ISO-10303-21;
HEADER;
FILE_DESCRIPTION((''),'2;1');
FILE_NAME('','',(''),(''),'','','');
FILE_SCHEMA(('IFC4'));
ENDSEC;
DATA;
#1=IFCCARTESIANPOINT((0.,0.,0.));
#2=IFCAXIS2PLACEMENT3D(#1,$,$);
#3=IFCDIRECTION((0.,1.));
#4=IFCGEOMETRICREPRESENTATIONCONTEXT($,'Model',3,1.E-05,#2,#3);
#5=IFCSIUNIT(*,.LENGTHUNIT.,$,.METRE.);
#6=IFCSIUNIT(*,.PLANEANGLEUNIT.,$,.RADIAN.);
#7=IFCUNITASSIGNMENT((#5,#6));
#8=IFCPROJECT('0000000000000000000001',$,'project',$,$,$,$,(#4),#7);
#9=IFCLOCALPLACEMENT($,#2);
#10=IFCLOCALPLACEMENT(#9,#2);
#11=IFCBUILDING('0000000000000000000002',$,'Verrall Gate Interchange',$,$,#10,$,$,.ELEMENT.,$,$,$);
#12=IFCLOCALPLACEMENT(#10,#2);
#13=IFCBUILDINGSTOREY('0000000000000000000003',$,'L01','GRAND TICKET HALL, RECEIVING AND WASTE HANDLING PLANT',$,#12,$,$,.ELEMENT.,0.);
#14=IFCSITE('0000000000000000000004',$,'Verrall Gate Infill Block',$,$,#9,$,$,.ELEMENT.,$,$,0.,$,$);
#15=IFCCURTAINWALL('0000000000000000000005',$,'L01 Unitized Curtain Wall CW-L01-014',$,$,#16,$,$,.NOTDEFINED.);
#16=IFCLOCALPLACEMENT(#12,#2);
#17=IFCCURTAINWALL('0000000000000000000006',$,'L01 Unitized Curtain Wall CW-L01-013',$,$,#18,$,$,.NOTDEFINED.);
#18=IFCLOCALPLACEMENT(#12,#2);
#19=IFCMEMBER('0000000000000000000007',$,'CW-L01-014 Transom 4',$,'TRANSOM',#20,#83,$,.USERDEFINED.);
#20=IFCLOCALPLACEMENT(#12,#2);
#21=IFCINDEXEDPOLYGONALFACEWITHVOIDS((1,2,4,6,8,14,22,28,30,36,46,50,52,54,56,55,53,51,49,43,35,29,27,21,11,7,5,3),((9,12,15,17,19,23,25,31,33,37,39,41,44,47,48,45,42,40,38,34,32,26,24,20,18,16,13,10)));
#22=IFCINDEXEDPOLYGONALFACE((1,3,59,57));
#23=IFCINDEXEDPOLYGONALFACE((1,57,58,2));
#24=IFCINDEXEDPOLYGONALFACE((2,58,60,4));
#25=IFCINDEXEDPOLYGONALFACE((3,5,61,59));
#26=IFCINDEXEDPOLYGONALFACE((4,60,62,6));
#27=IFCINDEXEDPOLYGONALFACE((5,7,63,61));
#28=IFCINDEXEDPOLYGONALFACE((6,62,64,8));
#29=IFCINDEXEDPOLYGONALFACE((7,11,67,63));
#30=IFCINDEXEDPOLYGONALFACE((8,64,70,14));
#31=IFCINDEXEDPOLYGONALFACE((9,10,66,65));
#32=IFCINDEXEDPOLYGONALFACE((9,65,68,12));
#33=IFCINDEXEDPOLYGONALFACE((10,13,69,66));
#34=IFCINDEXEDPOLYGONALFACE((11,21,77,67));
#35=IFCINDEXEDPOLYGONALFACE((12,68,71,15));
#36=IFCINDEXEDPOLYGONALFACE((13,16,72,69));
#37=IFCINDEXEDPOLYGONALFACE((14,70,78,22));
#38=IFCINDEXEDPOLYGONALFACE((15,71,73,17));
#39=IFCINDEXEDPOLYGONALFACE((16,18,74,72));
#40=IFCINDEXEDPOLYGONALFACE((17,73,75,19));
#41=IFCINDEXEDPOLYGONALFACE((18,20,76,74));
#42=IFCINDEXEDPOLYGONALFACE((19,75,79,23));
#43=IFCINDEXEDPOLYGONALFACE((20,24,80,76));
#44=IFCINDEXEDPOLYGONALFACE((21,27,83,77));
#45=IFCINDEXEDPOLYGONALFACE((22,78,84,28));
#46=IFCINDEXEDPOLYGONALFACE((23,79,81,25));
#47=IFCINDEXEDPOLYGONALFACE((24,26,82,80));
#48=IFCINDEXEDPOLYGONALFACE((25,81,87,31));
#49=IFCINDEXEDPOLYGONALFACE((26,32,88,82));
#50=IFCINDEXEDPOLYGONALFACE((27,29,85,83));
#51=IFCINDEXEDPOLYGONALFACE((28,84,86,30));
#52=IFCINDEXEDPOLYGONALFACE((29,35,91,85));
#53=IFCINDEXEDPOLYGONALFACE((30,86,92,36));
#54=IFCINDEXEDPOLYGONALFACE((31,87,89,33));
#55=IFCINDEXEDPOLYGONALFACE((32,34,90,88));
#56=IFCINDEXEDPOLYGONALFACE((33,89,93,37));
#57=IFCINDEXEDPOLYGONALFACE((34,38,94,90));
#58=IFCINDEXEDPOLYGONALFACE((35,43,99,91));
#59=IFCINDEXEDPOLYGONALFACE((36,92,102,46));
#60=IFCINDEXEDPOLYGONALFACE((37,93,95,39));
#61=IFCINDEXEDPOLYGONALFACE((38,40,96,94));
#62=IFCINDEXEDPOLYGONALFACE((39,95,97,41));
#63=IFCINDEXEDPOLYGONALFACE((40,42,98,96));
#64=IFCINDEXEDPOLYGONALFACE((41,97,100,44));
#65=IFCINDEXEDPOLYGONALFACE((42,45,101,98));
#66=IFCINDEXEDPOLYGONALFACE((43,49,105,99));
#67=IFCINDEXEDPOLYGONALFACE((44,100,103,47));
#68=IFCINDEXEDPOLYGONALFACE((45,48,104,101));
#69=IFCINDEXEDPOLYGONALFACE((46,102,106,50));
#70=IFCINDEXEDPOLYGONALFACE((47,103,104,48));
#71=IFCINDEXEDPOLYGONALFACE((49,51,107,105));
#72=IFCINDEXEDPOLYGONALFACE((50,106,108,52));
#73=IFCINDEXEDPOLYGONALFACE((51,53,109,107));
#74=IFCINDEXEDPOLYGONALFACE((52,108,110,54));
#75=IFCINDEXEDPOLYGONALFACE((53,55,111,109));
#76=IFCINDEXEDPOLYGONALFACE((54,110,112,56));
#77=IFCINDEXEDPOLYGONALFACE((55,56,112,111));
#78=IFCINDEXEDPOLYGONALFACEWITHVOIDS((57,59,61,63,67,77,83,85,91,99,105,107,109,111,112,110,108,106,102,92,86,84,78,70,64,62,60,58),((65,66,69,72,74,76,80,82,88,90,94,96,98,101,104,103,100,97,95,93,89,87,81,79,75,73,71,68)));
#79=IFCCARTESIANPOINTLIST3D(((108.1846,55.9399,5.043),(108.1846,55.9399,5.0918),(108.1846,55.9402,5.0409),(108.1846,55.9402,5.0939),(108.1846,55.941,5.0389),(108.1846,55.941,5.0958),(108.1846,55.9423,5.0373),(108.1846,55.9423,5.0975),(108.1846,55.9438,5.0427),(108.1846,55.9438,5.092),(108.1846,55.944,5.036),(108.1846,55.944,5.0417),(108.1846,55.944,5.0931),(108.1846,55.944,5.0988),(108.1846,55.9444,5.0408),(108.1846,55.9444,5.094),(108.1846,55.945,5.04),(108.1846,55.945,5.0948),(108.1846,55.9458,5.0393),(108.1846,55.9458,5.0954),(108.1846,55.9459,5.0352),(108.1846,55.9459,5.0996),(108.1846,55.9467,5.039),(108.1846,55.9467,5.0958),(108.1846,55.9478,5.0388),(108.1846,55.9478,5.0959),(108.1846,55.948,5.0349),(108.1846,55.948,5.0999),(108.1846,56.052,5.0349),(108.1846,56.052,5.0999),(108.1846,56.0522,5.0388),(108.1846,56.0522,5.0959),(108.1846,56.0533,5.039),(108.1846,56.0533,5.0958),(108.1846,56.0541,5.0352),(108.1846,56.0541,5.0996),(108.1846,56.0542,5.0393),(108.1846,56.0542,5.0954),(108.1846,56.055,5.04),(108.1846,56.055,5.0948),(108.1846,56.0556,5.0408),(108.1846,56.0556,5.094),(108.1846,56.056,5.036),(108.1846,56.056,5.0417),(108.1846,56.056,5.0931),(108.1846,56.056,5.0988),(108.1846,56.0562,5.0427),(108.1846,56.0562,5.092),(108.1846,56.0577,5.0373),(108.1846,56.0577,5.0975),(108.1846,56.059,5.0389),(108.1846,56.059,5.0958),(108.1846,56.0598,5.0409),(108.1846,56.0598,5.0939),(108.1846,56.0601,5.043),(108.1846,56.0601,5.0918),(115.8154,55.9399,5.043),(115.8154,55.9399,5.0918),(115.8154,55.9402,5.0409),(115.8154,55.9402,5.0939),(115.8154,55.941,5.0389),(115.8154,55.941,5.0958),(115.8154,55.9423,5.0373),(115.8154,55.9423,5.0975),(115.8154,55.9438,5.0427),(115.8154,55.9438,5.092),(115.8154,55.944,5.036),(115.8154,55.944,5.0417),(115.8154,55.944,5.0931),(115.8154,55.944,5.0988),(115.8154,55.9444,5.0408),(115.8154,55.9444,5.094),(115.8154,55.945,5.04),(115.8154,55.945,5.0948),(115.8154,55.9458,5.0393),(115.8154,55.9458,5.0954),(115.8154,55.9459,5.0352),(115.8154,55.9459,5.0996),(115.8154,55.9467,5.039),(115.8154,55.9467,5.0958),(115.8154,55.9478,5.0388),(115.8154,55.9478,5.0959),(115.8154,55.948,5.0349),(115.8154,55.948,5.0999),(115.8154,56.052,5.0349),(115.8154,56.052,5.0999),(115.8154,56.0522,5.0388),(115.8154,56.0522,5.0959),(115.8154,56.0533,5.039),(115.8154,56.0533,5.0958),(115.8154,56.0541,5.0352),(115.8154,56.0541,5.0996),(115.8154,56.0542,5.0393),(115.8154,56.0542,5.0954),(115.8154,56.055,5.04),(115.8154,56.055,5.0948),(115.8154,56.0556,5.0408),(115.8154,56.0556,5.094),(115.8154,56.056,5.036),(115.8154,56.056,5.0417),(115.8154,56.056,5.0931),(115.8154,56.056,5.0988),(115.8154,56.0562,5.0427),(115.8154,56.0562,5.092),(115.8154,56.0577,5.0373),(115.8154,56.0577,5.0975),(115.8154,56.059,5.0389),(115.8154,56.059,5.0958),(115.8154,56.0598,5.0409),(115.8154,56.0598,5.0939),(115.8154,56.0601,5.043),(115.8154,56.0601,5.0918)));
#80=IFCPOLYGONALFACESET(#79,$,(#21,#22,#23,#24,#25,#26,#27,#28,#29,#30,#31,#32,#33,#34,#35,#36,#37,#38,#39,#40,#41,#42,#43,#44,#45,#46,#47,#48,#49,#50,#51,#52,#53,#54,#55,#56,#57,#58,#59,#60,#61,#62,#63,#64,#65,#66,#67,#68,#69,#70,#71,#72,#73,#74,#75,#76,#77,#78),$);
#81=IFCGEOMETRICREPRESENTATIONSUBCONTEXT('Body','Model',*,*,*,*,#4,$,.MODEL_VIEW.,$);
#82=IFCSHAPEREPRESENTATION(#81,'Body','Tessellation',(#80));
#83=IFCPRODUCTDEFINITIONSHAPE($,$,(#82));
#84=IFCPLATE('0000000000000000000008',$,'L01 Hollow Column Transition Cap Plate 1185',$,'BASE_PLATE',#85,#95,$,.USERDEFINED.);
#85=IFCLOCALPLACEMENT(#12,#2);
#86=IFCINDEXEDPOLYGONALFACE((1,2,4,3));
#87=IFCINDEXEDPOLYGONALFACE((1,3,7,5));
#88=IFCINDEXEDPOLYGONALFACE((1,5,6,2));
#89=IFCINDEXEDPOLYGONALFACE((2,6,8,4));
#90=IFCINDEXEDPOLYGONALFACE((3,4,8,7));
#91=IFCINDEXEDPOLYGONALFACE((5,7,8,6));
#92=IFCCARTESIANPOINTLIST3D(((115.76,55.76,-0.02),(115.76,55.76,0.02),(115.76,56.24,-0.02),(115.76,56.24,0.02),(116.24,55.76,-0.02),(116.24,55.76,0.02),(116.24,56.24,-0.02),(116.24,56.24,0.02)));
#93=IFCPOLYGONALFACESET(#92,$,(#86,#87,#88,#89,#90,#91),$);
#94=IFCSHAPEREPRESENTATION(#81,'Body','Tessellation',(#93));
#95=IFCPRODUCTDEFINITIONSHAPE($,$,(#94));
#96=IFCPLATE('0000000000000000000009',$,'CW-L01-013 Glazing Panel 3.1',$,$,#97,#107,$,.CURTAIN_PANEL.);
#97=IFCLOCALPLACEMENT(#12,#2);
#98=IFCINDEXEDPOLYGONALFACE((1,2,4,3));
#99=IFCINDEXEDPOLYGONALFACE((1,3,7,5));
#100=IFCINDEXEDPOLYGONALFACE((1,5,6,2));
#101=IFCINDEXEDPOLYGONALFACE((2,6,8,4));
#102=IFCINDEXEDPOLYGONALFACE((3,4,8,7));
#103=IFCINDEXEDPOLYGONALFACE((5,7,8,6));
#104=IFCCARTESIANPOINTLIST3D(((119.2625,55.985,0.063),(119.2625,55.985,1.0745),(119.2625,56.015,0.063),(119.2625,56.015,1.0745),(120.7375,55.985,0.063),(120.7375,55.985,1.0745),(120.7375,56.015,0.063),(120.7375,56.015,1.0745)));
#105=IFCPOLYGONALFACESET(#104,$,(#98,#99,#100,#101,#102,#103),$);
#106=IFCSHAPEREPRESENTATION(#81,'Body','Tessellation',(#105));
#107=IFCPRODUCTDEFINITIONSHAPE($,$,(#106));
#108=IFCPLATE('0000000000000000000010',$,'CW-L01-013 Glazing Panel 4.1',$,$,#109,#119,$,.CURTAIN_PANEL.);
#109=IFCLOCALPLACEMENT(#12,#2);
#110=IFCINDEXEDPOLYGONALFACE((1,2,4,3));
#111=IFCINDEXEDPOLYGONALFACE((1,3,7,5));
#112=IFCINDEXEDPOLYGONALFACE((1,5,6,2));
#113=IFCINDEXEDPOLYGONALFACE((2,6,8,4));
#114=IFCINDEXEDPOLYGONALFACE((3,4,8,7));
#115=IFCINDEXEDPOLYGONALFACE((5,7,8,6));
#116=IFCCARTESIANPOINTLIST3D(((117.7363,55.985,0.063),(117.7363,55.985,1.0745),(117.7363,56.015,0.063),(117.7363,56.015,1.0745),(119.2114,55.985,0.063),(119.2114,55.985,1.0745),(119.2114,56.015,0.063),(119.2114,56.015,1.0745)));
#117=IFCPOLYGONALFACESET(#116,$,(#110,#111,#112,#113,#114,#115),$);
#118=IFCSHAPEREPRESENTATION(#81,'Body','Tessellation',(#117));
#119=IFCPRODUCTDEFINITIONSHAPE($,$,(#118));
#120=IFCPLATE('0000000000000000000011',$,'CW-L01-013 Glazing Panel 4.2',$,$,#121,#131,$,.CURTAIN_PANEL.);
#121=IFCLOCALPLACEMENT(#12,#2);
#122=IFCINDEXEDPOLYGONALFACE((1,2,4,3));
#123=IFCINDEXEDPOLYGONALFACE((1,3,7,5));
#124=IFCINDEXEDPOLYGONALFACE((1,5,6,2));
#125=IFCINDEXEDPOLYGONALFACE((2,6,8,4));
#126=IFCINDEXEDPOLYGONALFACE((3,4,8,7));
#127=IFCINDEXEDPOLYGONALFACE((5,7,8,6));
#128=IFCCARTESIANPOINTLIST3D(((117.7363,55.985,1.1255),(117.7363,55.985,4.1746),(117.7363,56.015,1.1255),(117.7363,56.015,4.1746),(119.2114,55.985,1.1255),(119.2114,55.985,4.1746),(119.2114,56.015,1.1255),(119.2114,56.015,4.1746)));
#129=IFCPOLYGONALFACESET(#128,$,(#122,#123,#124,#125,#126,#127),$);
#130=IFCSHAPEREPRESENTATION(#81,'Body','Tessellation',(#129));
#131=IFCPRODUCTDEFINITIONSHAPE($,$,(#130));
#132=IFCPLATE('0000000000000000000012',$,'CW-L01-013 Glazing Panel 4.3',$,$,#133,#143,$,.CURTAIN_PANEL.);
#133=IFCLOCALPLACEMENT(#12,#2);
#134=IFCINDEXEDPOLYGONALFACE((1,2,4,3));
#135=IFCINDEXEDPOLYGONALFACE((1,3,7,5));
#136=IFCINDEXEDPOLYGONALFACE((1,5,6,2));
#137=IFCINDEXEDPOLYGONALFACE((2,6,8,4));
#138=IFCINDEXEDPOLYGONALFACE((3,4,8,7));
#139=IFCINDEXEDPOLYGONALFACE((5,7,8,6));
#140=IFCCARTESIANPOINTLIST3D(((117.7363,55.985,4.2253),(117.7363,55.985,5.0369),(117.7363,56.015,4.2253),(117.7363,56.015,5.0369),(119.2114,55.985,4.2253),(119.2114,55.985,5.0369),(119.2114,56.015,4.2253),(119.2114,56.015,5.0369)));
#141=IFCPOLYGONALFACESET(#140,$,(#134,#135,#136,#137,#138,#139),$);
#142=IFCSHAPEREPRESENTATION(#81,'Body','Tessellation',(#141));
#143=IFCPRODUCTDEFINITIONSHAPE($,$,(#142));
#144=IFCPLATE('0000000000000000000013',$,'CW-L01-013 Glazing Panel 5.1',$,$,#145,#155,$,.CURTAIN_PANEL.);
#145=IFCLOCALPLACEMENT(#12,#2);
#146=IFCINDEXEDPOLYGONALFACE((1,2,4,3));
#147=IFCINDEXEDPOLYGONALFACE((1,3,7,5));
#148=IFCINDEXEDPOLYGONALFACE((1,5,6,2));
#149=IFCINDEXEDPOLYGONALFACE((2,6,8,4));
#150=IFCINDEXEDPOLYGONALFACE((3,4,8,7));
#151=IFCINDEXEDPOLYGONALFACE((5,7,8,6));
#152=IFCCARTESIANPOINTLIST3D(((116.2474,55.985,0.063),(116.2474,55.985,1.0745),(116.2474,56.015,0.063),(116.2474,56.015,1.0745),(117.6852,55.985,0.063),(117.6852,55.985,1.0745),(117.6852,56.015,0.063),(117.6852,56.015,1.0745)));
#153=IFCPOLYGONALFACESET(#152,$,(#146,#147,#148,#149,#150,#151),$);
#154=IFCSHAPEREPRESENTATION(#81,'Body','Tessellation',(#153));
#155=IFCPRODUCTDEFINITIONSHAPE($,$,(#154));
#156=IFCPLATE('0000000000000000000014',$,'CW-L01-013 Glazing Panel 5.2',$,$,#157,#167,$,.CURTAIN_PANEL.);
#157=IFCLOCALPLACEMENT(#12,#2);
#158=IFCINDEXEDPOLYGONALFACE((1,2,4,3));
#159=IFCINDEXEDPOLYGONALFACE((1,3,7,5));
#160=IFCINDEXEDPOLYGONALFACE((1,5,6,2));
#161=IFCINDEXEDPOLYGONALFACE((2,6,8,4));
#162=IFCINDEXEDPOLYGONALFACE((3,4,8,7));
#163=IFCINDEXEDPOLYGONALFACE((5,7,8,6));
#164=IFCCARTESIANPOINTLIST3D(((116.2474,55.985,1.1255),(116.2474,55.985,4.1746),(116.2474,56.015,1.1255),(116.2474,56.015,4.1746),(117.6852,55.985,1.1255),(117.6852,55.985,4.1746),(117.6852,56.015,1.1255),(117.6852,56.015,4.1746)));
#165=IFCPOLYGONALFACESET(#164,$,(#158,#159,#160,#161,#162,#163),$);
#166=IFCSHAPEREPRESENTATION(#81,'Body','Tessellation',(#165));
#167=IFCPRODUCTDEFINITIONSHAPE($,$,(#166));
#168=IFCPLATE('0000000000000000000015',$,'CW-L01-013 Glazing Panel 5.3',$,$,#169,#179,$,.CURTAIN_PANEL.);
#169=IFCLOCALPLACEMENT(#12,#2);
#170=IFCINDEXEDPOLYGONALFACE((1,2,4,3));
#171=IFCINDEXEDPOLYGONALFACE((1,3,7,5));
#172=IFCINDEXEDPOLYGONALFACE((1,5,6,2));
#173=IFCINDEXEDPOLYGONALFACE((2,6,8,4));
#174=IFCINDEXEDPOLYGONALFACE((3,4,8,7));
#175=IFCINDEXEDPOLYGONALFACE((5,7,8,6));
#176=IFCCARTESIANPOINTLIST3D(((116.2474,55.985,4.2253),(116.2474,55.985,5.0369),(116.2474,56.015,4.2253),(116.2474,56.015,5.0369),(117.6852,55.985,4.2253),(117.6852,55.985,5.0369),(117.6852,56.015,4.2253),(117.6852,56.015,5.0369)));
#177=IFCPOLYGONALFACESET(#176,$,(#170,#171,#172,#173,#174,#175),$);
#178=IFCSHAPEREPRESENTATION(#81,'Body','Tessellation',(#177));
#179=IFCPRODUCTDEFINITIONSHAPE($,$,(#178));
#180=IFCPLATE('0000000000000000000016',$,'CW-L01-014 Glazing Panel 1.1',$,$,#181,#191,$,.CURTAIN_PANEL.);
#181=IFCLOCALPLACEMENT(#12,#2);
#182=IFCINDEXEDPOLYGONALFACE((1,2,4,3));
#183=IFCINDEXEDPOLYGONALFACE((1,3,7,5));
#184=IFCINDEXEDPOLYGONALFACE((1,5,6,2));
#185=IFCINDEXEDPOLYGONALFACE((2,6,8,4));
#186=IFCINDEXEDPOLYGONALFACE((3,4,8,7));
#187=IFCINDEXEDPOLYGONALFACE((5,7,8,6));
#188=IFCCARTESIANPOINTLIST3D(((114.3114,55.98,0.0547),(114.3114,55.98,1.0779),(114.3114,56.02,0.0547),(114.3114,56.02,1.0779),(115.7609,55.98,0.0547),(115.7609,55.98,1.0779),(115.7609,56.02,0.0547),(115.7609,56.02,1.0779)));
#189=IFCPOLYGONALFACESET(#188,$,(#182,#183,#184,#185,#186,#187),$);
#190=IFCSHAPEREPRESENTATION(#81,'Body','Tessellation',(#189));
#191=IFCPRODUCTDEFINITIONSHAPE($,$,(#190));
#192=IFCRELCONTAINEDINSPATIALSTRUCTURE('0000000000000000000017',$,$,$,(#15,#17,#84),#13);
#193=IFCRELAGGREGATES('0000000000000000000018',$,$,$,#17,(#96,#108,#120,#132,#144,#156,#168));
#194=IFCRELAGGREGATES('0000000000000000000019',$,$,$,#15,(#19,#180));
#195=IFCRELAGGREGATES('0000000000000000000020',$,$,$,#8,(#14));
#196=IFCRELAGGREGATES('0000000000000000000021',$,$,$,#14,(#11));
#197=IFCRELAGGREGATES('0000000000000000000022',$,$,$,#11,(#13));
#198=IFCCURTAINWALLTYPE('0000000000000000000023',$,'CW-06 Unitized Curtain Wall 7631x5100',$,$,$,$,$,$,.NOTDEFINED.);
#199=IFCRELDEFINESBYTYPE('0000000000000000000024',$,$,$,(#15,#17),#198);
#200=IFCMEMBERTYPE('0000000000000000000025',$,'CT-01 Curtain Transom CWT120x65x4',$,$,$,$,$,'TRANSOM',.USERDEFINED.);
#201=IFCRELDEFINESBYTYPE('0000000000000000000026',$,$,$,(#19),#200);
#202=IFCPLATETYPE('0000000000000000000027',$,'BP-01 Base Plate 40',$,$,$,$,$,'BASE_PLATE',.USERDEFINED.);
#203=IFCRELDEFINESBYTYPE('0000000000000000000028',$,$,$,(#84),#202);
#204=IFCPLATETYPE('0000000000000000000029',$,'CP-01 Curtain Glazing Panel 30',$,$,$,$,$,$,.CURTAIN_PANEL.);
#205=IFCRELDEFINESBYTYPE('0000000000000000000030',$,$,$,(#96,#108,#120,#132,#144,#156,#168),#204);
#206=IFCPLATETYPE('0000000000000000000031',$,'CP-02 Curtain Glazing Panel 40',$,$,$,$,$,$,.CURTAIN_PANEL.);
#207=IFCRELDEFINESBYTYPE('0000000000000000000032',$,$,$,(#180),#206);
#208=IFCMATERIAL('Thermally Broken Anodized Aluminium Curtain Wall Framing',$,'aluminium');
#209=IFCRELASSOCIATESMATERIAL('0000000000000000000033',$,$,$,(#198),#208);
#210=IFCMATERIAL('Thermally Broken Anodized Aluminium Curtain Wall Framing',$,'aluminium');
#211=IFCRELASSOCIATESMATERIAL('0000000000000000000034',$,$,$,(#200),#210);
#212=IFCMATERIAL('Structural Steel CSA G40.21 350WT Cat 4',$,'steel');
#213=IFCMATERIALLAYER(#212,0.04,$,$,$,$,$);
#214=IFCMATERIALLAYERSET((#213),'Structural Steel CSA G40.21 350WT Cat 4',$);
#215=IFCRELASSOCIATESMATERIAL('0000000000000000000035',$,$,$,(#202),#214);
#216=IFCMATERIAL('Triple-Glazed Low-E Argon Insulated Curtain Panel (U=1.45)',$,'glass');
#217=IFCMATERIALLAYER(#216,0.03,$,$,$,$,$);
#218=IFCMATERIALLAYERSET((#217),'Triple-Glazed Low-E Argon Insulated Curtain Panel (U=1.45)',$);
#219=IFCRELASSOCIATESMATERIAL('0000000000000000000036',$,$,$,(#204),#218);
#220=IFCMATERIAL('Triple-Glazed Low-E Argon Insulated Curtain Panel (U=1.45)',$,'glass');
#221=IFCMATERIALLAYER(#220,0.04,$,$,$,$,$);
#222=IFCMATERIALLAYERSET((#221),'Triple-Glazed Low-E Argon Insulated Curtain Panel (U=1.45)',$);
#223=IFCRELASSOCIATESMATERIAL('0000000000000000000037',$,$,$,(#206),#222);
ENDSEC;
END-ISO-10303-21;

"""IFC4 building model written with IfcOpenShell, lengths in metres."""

from ifc_helpers import new_model, si_unit, direction, frame, origin, origin_2d, place, context, subcontext, project, spatial, rectangle, hollow_rectangle, extrude, material, layer, layer_set, material_profile, profile_set, type_object, element, aggregate, save


model = new_model("IFC4")

# Units and contexts
model_context = context("Model", 3, precision=1e-05, world=origin(), true_north=direction((0.0, 1.0)))
body_context = subcontext(model_context, "Body", "Model", "MODEL_VIEW")
ifc_project = project(units=[si_unit("LENGTHUNIT", "METRE"), si_unit("PLANEANGLEUNIT", "RADIAN")], contexts=[model_context])

# Site, building, storey
site_placement = place(None, origin())
site = spatial("IfcSite", under=ifc_project, at=site_placement, Name="Verrall Gate Infill Block", CompositionType="ELEMENT", RefElevation=0.0)
building_placement = place(site_placement, origin())
building = spatial("IfcBuilding", under=site, at=building_placement, Name="Verrall Gate Interchange", CompositionType="ELEMENT")
storey_placement = place(building_placement, origin())
storey = spatial("IfcBuildingStorey", under=building, at=storey_placement, Name="L01", Description="GRAND TICKET HALL, RECEIVING AND WASTE HANDLING PLANT", CompositionType="ELEMENT", Elevation=0.0)

# Curtain wall
ifc_material_1 = material(Name="Thermally Broken Anodized Aluminium Curtain Wall Framing", Category="aluminium")
curtain_wall_type = type_object("IfcCurtainWallType", Name="CW-06 Unitized Curtain Wall 7631x5100", PredefinedType="NOTDEFINED", material=ifc_material_1)
curtain_wall_1_placement = place(storey_placement, origin())
curtain_wall_1 = element("IfcCurtainWall", 1, at=curtain_wall_1_placement, inside=storey, type_object=curtain_wall_type, Name="L01 Unitized Curtain Wall CW-L01-014", PredefinedType="NOTDEFINED")

# Curtain wall
curtain_wall_2_placement = place(storey_placement, origin())
curtain_wall_2 = element("IfcCurtainWall", 2, at=curtain_wall_2_placement, inside=storey, type_object=curtain_wall_type, Name="L01 Unitized Curtain Wall CW-L01-013", PredefinedType="NOTDEFINED")

# Member
ifc_material_2 = material(Name="Thermally Broken Anodized Aluminium Curtain Wall Framing", Category="aluminium")
ifc_material_profile_1 = material_profile(ifc_material_2, hollow_rectangle(XDim=0.1201, YDim=0.0649, WallThickness=0.0039, InnerFilletRadius=0.0039, OuterFilletRadius=0.0081, at=origin_2d()), Name="CWT120x65x4")
ifc_profile_set_1 = profile_set([ifc_material_profile_1], Name="Thermally Broken Anodized Aluminium Curtain Wall Framing")
member_type_1 = type_object("IfcMemberType", Name="CT-01 Curtain Transom CWT120x65x4", ElementType="TRANSOM", PredefinedType="USERDEFINED", material=ifc_profile_set_1)
member_1_placement = place(storey_placement, frame((115.8154, 56.0, 5.0674), z_axis=(-1.0, 0.0, 0.0), x_axis=(0.0, -1.0, 0.0)))
member_1 = element("IfcMember", 3, at=member_1_placement, type_object=member_type_1, Name="CW-L01-014 Transom 4", ObjectType="TRANSOM", PredefinedType="USERDEFINED", context=body_context, shape_type="SweptSolid", body=[
    extrude(hollow_rectangle(XDim=0.1201, YDim=0.0649, WallThickness=0.0039, InnerFilletRadius=0.0039, OuterFilletRadius=0.0081, at=origin_2d()), origin(), (0.0, 0.0, 1.0), 7.6309),
])

# Plates
ifc_material_3 = material(Name="Structural Steel CSA G40.21 350WT Cat 4", Category="steel")
ifc_layer_1 = layer(ifc_material_3, 0.04)
ifc_layer_set_1 = layer_set([ifc_layer_1], Name="Structural Steel CSA G40.21 350WT Cat 4")
plate_type_1 = type_object("IfcPlateType", Name="BP-01 Base Plate 40", ElementType="BASE_PLATE", PredefinedType="USERDEFINED", material=ifc_layer_set_1)
plate_1_placement = place(storey_placement, frame((116.0, 56.0, -0.02), z_axis=(0.0, 0.0, 1.0), x_axis=(1.0, 0.0, 0.0)))
element("IfcPlate", 4, at=plate_1_placement, inside=storey, type_object=plate_type_1, Name="L01 Hollow Column Transition Cap Plate 1185", ObjectType="BASE_PLATE", PredefinedType="USERDEFINED", context=body_context, shape_type="SweptSolid", body=[
    extrude(rectangle(XDim=0.48, YDim=0.48, at=origin_2d()), origin(), (0.0, 0.0, 1.0), 0.04),
])
ifc_material_4 = material(Name="Triple-Glazed Low-E Argon Insulated Curtain Panel (U=1.45)", Category="glass")
ifc_layer_2 = layer(ifc_material_4, 0.03)
ifc_layer_set_2 = layer_set([ifc_layer_2], Name="Triple-Glazed Low-E Argon Insulated Curtain Panel (U=1.45)")
plate_type_2 = type_object("IfcPlateType", Name="CP-01 Curtain Glazing Panel 30", PredefinedType="CURTAIN_PANEL", material=ifc_layer_set_2)
plate_2_placement = place(storey_placement, frame((120.0, 56.0, 0.063), z_axis=(0.0, 0.0, 1.0), x_axis=(-1.0, 0.0, 0.0)))
plate_2 = element("IfcPlate", 5, at=plate_2_placement, type_object=plate_type_2, Name="CW-L01-013 Glazing Panel 3.1", PredefinedType="CURTAIN_PANEL", context=body_context, shape_type="SweptSolid", body=[
    extrude(rectangle(XDim=1.4751, YDim=0.03, at=origin_2d()), origin(), (0.0, 0.0, 1.0), 1.0115),
])
plate_3_placement = place(storey_placement, frame((118.4739, 56.0, 0.063), z_axis=(0.0, 0.0, 1.0), x_axis=(-1.0, 0.0, 0.0)))
plate_3 = element("IfcPlate", 6, at=plate_3_placement, type_object=plate_type_2, Name="CW-L01-013 Glazing Panel 4.1", PredefinedType="CURTAIN_PANEL", context=body_context, shape_type="SweptSolid", body=[
    extrude(rectangle(XDim=1.4751, YDim=0.03, at=origin_2d()), origin(), (0.0, 0.0, 1.0), 1.0115),
])
plate_4_placement = place(storey_placement, frame((118.4739, 56.0, 1.1255), z_axis=(0.0, 0.0, 1.0), x_axis=(-1.0, 0.0, 0.0)))
plate_4 = element("IfcPlate", 7, at=plate_4_placement, type_object=plate_type_2, Name="CW-L01-013 Glazing Panel 4.2", PredefinedType="CURTAIN_PANEL", context=body_context, shape_type="SweptSolid", body=[
    extrude(rectangle(XDim=1.4751, YDim=0.03, at=origin_2d()), origin(), (0.0, 0.0, 1.0), 3.0491),
])
plate_5_placement = place(storey_placement, frame((118.4739, 56.0, 4.2253), z_axis=(0.0, 0.0, 1.0), x_axis=(-1.0, 0.0, 0.0)))
plate_5 = element("IfcPlate", 8, at=plate_5_placement, type_object=plate_type_2, Name="CW-L01-013 Glazing Panel 4.3", PredefinedType="CURTAIN_PANEL", context=body_context, shape_type="SweptSolid", body=[
    extrude(rectangle(XDim=1.4751, YDim=0.03, at=origin_2d()), origin(), (0.0, 0.0, 1.0), 0.8115),
])
plate_6_placement = place(storey_placement, frame((116.9663, 56.0, 0.063), z_axis=(0.0, 0.0, 1.0), x_axis=(-1.0, 0.0, 0.0)))
plate_6 = element("IfcPlate", 9, at=plate_6_placement, type_object=plate_type_2, Name="CW-L01-013 Glazing Panel 5.1", PredefinedType="CURTAIN_PANEL", context=body_context, shape_type="SweptSolid", body=[
    extrude(rectangle(XDim=1.4377, YDim=0.03, at=origin_2d()), origin(), (0.0, 0.0, 1.0), 1.0115),
])
plate_7_placement = place(storey_placement, frame((116.9663, 56.0, 1.1255), z_axis=(0.0, 0.0, 1.0), x_axis=(-1.0, 0.0, 0.0)))
plate_7 = element("IfcPlate", 10, at=plate_7_placement, type_object=plate_type_2, Name="CW-L01-013 Glazing Panel 5.2", PredefinedType="CURTAIN_PANEL", context=body_context, shape_type="SweptSolid", body=[
    extrude(rectangle(XDim=1.4377, YDim=0.03, at=origin_2d()), origin(), (0.0, 0.0, 1.0), 3.0491),
])
plate_8_placement = place(storey_placement, frame((116.9663, 56.0, 4.2253), z_axis=(0.0, 0.0, 1.0), x_axis=(-1.0, 0.0, 0.0)))
plate_8 = element("IfcPlate", 11, at=plate_8_placement, type_object=plate_type_2, Name="CW-L01-013 Glazing Panel 5.3", PredefinedType="CURTAIN_PANEL", context=body_context, shape_type="SweptSolid", body=[
    extrude(rectangle(XDim=1.4377, YDim=0.03, at=origin_2d()), origin(), (0.0, 0.0, 1.0), 0.8115),
])
aggregate(curtain_wall_2, [plate_2, plate_3, plate_4, plate_5, plate_6, plate_7, plate_8])
ifc_material_5 = material(Name="Triple-Glazed Low-E Argon Insulated Curtain Panel (U=1.45)", Category="glass")
ifc_layer_3 = layer(ifc_material_5, 0.04)
ifc_layer_set_3 = layer_set([ifc_layer_3], Name="Triple-Glazed Low-E Argon Insulated Curtain Panel (U=1.45)")
plate_type_3 = type_object("IfcPlateType", Name="CP-02 Curtain Glazing Panel 40", PredefinedType="CURTAIN_PANEL", material=ifc_layer_set_3)
plate_9_placement = place(storey_placement, frame((115.0361, 56.0, 0.0547), z_axis=(0.0, 0.0, 1.0), x_axis=(-1.0, 0.0, 0.0)))
plate_9 = element("IfcPlate", 12, at=plate_9_placement, type_object=plate_type_3, Name="CW-L01-014 Glazing Panel 1.1", PredefinedType="CURTAIN_PANEL", context=body_context, shape_type="SweptSolid", body=[
    extrude(rectangle(XDim=1.4495, YDim=0.04, at=origin_2d()), origin(), (0.0, 0.0, 1.0), 1.0232),
])
aggregate(curtain_wall_1, [member_1, plate_9])

save(model, "model.ifc")
